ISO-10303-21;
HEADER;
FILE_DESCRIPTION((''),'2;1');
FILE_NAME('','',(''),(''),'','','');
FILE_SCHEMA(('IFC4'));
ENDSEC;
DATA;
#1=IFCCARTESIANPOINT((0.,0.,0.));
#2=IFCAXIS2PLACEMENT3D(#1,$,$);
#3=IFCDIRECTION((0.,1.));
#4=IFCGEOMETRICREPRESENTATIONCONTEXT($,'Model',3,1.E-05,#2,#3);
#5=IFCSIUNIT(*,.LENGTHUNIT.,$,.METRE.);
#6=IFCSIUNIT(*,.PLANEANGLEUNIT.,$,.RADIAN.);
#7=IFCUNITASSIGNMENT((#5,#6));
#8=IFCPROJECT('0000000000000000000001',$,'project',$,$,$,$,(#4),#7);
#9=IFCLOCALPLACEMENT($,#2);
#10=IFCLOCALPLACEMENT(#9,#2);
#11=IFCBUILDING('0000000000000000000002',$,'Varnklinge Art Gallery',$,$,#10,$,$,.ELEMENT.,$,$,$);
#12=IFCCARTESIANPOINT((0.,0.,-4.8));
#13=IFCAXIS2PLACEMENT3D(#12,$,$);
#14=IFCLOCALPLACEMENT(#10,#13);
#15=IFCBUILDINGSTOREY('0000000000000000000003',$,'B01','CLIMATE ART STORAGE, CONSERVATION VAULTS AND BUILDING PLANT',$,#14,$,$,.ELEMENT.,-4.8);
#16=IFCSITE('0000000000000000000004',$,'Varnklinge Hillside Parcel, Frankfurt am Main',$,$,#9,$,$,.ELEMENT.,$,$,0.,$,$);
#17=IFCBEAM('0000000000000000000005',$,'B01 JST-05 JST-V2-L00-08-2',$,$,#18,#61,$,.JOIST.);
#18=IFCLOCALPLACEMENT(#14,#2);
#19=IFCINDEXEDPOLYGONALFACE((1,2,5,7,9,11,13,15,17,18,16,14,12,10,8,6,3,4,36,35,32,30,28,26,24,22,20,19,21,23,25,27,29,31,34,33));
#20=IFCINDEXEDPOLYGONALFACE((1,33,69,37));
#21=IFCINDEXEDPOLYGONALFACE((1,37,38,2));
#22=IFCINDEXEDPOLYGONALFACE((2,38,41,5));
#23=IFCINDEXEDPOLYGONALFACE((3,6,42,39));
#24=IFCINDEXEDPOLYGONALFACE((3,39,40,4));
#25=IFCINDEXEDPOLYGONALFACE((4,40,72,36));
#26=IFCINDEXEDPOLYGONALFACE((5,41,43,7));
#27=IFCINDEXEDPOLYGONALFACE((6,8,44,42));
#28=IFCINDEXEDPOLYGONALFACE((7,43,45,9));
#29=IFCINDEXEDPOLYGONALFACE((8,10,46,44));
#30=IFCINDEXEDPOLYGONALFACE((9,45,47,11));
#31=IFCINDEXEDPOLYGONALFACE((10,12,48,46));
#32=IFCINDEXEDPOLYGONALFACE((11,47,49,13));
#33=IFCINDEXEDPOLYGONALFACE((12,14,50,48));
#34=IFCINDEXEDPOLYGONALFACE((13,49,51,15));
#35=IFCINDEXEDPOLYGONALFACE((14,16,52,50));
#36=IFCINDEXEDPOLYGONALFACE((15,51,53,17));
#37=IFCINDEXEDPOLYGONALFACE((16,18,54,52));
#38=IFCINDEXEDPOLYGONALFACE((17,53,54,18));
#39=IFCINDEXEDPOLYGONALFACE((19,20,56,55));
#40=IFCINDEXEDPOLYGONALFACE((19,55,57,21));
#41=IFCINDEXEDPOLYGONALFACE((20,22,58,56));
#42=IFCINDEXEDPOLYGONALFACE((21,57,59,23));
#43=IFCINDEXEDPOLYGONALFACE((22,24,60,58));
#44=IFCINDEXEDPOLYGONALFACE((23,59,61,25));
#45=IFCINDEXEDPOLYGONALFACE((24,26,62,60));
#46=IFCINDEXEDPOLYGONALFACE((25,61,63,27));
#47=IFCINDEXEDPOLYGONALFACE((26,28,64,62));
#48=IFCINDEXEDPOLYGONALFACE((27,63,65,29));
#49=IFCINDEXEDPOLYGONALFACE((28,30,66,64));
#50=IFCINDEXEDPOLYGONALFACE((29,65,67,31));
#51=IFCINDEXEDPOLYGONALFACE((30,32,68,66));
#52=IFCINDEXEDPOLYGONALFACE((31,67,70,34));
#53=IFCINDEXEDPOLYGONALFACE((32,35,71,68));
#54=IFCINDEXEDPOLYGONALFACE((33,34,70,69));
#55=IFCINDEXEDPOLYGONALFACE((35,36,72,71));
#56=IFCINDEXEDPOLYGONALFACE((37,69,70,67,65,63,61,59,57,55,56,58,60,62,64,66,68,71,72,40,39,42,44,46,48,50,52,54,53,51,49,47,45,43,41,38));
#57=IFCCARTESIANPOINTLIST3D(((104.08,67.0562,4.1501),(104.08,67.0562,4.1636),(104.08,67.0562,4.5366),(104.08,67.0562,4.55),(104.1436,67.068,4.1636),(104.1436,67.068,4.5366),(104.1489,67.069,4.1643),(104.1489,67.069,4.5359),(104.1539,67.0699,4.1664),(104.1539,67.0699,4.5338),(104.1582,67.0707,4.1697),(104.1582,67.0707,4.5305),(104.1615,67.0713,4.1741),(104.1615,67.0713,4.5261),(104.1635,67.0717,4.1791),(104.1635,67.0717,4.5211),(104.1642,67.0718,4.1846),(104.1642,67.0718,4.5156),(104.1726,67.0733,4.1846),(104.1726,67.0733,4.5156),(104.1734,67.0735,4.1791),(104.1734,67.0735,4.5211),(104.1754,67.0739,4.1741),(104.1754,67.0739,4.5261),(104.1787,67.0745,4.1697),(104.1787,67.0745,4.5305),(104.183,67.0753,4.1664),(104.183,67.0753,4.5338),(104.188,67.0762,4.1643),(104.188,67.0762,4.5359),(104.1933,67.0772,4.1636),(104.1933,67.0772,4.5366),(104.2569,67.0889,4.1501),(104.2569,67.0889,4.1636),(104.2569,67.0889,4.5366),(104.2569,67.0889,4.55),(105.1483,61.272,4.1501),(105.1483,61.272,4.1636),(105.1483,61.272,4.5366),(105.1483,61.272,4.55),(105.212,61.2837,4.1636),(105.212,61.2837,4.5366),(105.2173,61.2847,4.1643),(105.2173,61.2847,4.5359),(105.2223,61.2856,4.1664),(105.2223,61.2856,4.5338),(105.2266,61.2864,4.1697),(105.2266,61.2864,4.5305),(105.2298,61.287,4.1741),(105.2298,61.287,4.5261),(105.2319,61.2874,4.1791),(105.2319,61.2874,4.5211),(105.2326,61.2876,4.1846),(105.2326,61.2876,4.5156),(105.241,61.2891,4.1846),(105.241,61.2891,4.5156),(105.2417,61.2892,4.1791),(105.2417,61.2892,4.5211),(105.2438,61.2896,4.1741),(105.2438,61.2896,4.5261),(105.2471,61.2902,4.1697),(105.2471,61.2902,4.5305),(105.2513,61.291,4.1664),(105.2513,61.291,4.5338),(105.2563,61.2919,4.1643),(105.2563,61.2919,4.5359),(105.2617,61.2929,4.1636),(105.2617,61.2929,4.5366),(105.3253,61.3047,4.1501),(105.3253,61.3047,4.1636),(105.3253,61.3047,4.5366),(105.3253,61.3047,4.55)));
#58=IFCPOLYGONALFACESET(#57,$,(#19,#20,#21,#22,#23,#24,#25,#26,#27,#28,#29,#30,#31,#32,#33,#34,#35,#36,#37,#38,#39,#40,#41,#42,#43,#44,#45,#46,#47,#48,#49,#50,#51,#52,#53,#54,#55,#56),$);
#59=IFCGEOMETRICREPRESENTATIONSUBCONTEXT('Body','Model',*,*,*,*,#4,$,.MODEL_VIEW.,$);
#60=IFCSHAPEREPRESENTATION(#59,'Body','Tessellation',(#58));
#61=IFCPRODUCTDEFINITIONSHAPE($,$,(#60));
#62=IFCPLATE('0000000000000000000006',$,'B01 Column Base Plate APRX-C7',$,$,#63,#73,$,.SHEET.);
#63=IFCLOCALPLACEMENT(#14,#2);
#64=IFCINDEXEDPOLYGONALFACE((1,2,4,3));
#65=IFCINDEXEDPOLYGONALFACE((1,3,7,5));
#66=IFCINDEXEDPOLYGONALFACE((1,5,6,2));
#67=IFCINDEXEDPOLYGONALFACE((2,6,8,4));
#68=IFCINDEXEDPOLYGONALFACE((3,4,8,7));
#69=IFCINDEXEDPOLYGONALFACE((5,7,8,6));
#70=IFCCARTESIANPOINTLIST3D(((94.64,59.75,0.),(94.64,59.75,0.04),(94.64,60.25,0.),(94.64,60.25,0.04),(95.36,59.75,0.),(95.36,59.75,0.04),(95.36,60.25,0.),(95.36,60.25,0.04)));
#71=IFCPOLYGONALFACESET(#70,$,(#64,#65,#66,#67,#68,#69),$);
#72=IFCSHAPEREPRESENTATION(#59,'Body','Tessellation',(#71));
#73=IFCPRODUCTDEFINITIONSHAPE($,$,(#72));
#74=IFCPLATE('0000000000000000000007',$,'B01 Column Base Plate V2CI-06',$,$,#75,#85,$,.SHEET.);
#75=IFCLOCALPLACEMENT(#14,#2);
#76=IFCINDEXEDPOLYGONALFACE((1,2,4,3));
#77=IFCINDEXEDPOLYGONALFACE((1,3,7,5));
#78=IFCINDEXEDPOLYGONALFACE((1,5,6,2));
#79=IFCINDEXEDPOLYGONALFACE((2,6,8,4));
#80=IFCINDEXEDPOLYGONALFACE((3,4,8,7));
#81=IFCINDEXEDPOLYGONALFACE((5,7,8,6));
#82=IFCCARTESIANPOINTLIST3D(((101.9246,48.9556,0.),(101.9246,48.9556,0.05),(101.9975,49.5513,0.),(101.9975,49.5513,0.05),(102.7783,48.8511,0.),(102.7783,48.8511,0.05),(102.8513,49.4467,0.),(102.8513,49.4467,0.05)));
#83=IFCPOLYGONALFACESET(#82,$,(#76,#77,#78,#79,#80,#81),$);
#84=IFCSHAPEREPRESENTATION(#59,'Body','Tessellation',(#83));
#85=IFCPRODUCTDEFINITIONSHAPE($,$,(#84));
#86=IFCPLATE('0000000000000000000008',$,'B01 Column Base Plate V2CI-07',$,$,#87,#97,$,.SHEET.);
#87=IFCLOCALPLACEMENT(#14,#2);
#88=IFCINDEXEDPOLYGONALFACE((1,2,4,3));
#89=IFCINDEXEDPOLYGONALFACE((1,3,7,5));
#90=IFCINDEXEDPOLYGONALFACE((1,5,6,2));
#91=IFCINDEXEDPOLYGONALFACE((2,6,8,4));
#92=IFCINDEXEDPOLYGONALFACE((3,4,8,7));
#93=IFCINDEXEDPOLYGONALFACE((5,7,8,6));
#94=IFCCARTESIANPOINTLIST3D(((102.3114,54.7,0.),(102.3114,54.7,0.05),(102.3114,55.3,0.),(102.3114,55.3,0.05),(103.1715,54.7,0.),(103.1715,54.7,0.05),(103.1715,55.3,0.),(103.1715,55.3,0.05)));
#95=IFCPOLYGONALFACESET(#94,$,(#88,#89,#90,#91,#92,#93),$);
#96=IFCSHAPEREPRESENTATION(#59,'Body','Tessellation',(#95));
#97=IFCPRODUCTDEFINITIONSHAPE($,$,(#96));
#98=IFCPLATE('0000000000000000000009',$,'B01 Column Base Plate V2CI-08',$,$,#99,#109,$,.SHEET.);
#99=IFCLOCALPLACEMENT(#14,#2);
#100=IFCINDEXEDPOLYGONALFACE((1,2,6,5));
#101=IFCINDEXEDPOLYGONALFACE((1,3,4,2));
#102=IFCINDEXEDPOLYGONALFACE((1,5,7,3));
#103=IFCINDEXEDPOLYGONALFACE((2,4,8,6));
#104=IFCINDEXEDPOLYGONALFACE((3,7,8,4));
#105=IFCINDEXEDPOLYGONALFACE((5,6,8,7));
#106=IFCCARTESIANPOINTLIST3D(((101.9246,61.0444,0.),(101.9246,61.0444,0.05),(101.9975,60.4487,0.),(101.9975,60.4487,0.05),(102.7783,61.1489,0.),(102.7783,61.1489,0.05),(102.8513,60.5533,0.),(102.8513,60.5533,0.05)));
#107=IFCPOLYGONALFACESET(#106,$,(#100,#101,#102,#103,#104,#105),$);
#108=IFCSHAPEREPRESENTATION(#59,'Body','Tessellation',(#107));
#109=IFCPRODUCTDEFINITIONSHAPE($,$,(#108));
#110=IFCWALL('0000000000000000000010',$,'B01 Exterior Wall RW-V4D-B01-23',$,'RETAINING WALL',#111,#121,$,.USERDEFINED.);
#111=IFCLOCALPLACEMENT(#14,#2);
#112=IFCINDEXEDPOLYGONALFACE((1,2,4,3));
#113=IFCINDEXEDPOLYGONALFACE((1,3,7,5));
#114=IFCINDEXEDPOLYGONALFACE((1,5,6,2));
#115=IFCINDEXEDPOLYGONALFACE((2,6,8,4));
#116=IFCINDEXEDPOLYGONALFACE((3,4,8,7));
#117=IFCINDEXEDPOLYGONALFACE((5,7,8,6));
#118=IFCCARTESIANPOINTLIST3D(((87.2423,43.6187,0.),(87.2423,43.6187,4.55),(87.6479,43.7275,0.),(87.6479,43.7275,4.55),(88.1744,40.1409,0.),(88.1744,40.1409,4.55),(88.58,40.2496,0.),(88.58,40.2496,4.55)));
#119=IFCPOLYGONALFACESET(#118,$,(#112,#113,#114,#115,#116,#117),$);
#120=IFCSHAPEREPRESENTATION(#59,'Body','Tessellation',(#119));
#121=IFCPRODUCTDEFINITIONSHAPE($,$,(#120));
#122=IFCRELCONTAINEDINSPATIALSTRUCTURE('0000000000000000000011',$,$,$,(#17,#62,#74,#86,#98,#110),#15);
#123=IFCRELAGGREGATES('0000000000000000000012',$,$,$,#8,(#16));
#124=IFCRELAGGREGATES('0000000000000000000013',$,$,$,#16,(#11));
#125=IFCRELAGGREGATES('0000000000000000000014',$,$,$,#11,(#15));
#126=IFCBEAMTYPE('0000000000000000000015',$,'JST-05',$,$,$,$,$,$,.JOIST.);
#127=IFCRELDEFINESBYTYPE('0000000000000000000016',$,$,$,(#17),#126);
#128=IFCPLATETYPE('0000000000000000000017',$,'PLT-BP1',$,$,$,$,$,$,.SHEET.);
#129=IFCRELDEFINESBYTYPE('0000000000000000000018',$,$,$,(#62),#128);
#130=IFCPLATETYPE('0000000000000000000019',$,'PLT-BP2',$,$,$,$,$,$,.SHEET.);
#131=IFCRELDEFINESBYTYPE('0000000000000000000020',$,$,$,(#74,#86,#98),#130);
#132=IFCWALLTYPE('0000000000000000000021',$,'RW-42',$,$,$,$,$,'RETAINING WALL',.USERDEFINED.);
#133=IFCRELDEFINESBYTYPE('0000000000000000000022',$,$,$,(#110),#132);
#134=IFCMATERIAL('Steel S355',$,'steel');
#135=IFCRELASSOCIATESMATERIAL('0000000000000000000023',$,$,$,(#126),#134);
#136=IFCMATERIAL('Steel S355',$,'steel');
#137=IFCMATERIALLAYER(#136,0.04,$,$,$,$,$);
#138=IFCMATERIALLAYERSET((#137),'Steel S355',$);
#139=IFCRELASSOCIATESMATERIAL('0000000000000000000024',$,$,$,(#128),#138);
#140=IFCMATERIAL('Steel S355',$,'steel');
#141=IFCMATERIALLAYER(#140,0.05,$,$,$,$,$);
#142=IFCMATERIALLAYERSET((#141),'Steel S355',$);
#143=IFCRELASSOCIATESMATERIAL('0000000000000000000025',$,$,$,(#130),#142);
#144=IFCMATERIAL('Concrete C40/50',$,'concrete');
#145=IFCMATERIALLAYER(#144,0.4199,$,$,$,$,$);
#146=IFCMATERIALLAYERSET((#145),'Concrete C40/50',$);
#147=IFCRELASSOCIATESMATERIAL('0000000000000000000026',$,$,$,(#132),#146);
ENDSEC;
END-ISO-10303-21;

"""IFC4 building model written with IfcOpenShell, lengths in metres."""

from ifc_helpers import new_model, si_unit, direction, frame, frame_2d, origin, origin_2d, place, context, subcontext, project, spatial, rectangle, i_section, extrude, material, layer, layer_set, material_profile, profile_set, type_object, element, save


model = new_model("IFC4")

# Units and contexts
model_context = context("Model", 3, precision=1e-05, world=origin(), true_north=direction((0.0, 1.0)))
body_context = subcontext(model_context, "Body", "Model", "MODEL_VIEW")
ifc_project = project(units=[si_unit("LENGTHUNIT", "METRE"), si_unit("PLANEANGLEUNIT", "RADIAN")], contexts=[model_context])

# Site, building, storey
site_placement = place(None, origin())
site = spatial("IfcSite", under=ifc_project, at=site_placement, Name="Varnklinge Hillside Parcel, Frankfurt am Main", CompositionType="ELEMENT", RefElevation=0.0)
building_placement = place(site_placement, origin())
building = spatial("IfcBuilding", under=site, at=building_placement, Name="Varnklinge Art Gallery", CompositionType="ELEMENT")
storey_placement = place(building_placement, frame((0.0, 0.0, -4.8)))
storey = spatial("IfcBuildingStorey", under=building, at=storey_placement, Name="B01", Description="CLIMATE ART STORAGE, CONSERVATION VAULTS AND BUILDING PLANT", CompositionType="ELEMENT", Elevation=-4.8)

# Beam
ifc_material_1 = material(Name="Steel S355", Category="steel")
ifc_material_profile_1 = material_profile(ifc_material_1, i_section(OverallWidth=0.1799, OverallDepth=0.3999, WebThickness=0.0085, FlangeThickness=0.0134, FilletRadius=0.021, at=origin_2d()), Name="IPE 400")
ifc_profile_set_1 = profile_set([ifc_material_profile_1], Name="Steel S355")
beam_type_1 = type_object("IfcBeamType", Name="JST-05", PredefinedType="JOIST", material=ifc_profile_set_1)
beam_1_placement = place(storey_placement, frame((105.2368, 61.2883, 4.3501), z_axis=(-0.181631, 0.983367, 0.0), x_axis=(-0.983367, -0.181631, 0.0)))
element("IfcBeam", 1, at=beam_1_placement, inside=storey, type_object=beam_type_1, Name="B01 JST-05 JST-V2-L00-08-2", PredefinedType="JOIST", context=body_context, shape_type="SweptSolid", body=[
    extrude(i_section(OverallWidth=0.1799, OverallDepth=0.3999, WebThickness=0.0085, FlangeThickness=0.0134, FilletRadius=0.021, at=origin_2d()), origin(), (0.0, 0.0, 1.0), 5.8821),
])

# Plates
ifc_material_2 = material(Name="Steel S355", Category="steel")
ifc_layer_1 = layer(ifc_material_2, 0.04)
ifc_layer_set_1 = layer_set([ifc_layer_1], Name="Steel S355")
plate_type_1 = type_object("IfcPlateType", Name="PLT-BP1", PredefinedType="SHEET", material=ifc_layer_set_1)
plate_placement = place(storey_placement, frame((95.0, 60.0, 0.0), z_axis=(0.0, 0.0, 1.0), x_axis=(1.0, 0.0, 0.0)))
element("IfcPlate", 2, at=plate_placement, inside=storey, type_object=plate_type_1, Name="B01 Column Base Plate APRX-C7", PredefinedType="SHEET", context=body_context, shape_type="SweptSolid", body=[
    extrude(rectangle(XDim=0.72, YDim=0.5, at=origin_2d()), origin(), (0.0, 0.0, 1.0), 0.04),
])
ifc_material_3 = material(Name="Steel S355", Category="steel")
ifc_layer_2 = layer(ifc_material_3, 0.05)
ifc_layer_set_2 = layer_set([ifc_layer_2], Name="Steel S355")
plate_type_2 = type_object("IfcPlateType", Name="PLT-BP2", PredefinedType="SHEET", material=ifc_layer_set_2)
for number, where, z_axis, x_axis, name in (
    (3, (102.3879, 49.2012, 0.0), (0.0, 0.0, 1.0), (-0.992589, 0.121523, 0.0), "B01 Column Base Plate V2CI-06"),
    (4, (102.7415, 55.0, 0.0), (0.0, 0.0, 1.0), (-1.0, 0.0, 0.0), "B01 Column Base Plate V2CI-07"),
    (5, (102.3879, 60.7988, 0.0), (0.0, 0.0, 1.0), (-0.992589, -0.121523, 0.0), "B01 Column Base Plate V2CI-08"),
):
    element("IfcPlate", number, at=place(storey_placement, frame(where, z_axis=z_axis, x_axis=x_axis)), inside=storey, type_object=plate_type_2, Name=name, PredefinedType="SHEET", context=body_context, shape_type="SweptSolid", body=[
        extrude(rectangle(XDim=0.8601, YDim=0.6001, at=origin_2d()), origin(), (0.0, 0.0, 1.0), 0.05),
    ])

# Wall
ifc_material_4 = material(Name="Concrete C40/50", Category="concrete")
ifc_layer_3 = layer(ifc_material_4, 0.4199)
ifc_layer_set_3 = layer_set([ifc_layer_3], Name="Concrete C40/50")
wall_type = type_object("IfcWallType", Name="RW-42", ElementType="RETAINING WALL", PredefinedType="USERDEFINED", material=ifc_layer_set_3)
wall_placement = place(storey_placement, frame((87.4451, 43.6731, 0.0), z_axis=(0.0, 0.0, 1.0), x_axis=(0.258886, -0.965908, 0.0)))
element("IfcWall", 6, at=wall_placement, inside=storey, type_object=wall_type, Name="B01 Exterior Wall RW-V4D-B01-23", ObjectType="RETAINING WALL", PredefinedType="USERDEFINED", context=body_context, shape_type="SweptSolid", body=[
    extrude(rectangle(XDim=3.6006, YDim=0.4199, at=frame_2d((1.8003, 0.0))), origin(), (0.0, 0.0, 1.0), 4.55),
])

save(model, "model.ifc")
